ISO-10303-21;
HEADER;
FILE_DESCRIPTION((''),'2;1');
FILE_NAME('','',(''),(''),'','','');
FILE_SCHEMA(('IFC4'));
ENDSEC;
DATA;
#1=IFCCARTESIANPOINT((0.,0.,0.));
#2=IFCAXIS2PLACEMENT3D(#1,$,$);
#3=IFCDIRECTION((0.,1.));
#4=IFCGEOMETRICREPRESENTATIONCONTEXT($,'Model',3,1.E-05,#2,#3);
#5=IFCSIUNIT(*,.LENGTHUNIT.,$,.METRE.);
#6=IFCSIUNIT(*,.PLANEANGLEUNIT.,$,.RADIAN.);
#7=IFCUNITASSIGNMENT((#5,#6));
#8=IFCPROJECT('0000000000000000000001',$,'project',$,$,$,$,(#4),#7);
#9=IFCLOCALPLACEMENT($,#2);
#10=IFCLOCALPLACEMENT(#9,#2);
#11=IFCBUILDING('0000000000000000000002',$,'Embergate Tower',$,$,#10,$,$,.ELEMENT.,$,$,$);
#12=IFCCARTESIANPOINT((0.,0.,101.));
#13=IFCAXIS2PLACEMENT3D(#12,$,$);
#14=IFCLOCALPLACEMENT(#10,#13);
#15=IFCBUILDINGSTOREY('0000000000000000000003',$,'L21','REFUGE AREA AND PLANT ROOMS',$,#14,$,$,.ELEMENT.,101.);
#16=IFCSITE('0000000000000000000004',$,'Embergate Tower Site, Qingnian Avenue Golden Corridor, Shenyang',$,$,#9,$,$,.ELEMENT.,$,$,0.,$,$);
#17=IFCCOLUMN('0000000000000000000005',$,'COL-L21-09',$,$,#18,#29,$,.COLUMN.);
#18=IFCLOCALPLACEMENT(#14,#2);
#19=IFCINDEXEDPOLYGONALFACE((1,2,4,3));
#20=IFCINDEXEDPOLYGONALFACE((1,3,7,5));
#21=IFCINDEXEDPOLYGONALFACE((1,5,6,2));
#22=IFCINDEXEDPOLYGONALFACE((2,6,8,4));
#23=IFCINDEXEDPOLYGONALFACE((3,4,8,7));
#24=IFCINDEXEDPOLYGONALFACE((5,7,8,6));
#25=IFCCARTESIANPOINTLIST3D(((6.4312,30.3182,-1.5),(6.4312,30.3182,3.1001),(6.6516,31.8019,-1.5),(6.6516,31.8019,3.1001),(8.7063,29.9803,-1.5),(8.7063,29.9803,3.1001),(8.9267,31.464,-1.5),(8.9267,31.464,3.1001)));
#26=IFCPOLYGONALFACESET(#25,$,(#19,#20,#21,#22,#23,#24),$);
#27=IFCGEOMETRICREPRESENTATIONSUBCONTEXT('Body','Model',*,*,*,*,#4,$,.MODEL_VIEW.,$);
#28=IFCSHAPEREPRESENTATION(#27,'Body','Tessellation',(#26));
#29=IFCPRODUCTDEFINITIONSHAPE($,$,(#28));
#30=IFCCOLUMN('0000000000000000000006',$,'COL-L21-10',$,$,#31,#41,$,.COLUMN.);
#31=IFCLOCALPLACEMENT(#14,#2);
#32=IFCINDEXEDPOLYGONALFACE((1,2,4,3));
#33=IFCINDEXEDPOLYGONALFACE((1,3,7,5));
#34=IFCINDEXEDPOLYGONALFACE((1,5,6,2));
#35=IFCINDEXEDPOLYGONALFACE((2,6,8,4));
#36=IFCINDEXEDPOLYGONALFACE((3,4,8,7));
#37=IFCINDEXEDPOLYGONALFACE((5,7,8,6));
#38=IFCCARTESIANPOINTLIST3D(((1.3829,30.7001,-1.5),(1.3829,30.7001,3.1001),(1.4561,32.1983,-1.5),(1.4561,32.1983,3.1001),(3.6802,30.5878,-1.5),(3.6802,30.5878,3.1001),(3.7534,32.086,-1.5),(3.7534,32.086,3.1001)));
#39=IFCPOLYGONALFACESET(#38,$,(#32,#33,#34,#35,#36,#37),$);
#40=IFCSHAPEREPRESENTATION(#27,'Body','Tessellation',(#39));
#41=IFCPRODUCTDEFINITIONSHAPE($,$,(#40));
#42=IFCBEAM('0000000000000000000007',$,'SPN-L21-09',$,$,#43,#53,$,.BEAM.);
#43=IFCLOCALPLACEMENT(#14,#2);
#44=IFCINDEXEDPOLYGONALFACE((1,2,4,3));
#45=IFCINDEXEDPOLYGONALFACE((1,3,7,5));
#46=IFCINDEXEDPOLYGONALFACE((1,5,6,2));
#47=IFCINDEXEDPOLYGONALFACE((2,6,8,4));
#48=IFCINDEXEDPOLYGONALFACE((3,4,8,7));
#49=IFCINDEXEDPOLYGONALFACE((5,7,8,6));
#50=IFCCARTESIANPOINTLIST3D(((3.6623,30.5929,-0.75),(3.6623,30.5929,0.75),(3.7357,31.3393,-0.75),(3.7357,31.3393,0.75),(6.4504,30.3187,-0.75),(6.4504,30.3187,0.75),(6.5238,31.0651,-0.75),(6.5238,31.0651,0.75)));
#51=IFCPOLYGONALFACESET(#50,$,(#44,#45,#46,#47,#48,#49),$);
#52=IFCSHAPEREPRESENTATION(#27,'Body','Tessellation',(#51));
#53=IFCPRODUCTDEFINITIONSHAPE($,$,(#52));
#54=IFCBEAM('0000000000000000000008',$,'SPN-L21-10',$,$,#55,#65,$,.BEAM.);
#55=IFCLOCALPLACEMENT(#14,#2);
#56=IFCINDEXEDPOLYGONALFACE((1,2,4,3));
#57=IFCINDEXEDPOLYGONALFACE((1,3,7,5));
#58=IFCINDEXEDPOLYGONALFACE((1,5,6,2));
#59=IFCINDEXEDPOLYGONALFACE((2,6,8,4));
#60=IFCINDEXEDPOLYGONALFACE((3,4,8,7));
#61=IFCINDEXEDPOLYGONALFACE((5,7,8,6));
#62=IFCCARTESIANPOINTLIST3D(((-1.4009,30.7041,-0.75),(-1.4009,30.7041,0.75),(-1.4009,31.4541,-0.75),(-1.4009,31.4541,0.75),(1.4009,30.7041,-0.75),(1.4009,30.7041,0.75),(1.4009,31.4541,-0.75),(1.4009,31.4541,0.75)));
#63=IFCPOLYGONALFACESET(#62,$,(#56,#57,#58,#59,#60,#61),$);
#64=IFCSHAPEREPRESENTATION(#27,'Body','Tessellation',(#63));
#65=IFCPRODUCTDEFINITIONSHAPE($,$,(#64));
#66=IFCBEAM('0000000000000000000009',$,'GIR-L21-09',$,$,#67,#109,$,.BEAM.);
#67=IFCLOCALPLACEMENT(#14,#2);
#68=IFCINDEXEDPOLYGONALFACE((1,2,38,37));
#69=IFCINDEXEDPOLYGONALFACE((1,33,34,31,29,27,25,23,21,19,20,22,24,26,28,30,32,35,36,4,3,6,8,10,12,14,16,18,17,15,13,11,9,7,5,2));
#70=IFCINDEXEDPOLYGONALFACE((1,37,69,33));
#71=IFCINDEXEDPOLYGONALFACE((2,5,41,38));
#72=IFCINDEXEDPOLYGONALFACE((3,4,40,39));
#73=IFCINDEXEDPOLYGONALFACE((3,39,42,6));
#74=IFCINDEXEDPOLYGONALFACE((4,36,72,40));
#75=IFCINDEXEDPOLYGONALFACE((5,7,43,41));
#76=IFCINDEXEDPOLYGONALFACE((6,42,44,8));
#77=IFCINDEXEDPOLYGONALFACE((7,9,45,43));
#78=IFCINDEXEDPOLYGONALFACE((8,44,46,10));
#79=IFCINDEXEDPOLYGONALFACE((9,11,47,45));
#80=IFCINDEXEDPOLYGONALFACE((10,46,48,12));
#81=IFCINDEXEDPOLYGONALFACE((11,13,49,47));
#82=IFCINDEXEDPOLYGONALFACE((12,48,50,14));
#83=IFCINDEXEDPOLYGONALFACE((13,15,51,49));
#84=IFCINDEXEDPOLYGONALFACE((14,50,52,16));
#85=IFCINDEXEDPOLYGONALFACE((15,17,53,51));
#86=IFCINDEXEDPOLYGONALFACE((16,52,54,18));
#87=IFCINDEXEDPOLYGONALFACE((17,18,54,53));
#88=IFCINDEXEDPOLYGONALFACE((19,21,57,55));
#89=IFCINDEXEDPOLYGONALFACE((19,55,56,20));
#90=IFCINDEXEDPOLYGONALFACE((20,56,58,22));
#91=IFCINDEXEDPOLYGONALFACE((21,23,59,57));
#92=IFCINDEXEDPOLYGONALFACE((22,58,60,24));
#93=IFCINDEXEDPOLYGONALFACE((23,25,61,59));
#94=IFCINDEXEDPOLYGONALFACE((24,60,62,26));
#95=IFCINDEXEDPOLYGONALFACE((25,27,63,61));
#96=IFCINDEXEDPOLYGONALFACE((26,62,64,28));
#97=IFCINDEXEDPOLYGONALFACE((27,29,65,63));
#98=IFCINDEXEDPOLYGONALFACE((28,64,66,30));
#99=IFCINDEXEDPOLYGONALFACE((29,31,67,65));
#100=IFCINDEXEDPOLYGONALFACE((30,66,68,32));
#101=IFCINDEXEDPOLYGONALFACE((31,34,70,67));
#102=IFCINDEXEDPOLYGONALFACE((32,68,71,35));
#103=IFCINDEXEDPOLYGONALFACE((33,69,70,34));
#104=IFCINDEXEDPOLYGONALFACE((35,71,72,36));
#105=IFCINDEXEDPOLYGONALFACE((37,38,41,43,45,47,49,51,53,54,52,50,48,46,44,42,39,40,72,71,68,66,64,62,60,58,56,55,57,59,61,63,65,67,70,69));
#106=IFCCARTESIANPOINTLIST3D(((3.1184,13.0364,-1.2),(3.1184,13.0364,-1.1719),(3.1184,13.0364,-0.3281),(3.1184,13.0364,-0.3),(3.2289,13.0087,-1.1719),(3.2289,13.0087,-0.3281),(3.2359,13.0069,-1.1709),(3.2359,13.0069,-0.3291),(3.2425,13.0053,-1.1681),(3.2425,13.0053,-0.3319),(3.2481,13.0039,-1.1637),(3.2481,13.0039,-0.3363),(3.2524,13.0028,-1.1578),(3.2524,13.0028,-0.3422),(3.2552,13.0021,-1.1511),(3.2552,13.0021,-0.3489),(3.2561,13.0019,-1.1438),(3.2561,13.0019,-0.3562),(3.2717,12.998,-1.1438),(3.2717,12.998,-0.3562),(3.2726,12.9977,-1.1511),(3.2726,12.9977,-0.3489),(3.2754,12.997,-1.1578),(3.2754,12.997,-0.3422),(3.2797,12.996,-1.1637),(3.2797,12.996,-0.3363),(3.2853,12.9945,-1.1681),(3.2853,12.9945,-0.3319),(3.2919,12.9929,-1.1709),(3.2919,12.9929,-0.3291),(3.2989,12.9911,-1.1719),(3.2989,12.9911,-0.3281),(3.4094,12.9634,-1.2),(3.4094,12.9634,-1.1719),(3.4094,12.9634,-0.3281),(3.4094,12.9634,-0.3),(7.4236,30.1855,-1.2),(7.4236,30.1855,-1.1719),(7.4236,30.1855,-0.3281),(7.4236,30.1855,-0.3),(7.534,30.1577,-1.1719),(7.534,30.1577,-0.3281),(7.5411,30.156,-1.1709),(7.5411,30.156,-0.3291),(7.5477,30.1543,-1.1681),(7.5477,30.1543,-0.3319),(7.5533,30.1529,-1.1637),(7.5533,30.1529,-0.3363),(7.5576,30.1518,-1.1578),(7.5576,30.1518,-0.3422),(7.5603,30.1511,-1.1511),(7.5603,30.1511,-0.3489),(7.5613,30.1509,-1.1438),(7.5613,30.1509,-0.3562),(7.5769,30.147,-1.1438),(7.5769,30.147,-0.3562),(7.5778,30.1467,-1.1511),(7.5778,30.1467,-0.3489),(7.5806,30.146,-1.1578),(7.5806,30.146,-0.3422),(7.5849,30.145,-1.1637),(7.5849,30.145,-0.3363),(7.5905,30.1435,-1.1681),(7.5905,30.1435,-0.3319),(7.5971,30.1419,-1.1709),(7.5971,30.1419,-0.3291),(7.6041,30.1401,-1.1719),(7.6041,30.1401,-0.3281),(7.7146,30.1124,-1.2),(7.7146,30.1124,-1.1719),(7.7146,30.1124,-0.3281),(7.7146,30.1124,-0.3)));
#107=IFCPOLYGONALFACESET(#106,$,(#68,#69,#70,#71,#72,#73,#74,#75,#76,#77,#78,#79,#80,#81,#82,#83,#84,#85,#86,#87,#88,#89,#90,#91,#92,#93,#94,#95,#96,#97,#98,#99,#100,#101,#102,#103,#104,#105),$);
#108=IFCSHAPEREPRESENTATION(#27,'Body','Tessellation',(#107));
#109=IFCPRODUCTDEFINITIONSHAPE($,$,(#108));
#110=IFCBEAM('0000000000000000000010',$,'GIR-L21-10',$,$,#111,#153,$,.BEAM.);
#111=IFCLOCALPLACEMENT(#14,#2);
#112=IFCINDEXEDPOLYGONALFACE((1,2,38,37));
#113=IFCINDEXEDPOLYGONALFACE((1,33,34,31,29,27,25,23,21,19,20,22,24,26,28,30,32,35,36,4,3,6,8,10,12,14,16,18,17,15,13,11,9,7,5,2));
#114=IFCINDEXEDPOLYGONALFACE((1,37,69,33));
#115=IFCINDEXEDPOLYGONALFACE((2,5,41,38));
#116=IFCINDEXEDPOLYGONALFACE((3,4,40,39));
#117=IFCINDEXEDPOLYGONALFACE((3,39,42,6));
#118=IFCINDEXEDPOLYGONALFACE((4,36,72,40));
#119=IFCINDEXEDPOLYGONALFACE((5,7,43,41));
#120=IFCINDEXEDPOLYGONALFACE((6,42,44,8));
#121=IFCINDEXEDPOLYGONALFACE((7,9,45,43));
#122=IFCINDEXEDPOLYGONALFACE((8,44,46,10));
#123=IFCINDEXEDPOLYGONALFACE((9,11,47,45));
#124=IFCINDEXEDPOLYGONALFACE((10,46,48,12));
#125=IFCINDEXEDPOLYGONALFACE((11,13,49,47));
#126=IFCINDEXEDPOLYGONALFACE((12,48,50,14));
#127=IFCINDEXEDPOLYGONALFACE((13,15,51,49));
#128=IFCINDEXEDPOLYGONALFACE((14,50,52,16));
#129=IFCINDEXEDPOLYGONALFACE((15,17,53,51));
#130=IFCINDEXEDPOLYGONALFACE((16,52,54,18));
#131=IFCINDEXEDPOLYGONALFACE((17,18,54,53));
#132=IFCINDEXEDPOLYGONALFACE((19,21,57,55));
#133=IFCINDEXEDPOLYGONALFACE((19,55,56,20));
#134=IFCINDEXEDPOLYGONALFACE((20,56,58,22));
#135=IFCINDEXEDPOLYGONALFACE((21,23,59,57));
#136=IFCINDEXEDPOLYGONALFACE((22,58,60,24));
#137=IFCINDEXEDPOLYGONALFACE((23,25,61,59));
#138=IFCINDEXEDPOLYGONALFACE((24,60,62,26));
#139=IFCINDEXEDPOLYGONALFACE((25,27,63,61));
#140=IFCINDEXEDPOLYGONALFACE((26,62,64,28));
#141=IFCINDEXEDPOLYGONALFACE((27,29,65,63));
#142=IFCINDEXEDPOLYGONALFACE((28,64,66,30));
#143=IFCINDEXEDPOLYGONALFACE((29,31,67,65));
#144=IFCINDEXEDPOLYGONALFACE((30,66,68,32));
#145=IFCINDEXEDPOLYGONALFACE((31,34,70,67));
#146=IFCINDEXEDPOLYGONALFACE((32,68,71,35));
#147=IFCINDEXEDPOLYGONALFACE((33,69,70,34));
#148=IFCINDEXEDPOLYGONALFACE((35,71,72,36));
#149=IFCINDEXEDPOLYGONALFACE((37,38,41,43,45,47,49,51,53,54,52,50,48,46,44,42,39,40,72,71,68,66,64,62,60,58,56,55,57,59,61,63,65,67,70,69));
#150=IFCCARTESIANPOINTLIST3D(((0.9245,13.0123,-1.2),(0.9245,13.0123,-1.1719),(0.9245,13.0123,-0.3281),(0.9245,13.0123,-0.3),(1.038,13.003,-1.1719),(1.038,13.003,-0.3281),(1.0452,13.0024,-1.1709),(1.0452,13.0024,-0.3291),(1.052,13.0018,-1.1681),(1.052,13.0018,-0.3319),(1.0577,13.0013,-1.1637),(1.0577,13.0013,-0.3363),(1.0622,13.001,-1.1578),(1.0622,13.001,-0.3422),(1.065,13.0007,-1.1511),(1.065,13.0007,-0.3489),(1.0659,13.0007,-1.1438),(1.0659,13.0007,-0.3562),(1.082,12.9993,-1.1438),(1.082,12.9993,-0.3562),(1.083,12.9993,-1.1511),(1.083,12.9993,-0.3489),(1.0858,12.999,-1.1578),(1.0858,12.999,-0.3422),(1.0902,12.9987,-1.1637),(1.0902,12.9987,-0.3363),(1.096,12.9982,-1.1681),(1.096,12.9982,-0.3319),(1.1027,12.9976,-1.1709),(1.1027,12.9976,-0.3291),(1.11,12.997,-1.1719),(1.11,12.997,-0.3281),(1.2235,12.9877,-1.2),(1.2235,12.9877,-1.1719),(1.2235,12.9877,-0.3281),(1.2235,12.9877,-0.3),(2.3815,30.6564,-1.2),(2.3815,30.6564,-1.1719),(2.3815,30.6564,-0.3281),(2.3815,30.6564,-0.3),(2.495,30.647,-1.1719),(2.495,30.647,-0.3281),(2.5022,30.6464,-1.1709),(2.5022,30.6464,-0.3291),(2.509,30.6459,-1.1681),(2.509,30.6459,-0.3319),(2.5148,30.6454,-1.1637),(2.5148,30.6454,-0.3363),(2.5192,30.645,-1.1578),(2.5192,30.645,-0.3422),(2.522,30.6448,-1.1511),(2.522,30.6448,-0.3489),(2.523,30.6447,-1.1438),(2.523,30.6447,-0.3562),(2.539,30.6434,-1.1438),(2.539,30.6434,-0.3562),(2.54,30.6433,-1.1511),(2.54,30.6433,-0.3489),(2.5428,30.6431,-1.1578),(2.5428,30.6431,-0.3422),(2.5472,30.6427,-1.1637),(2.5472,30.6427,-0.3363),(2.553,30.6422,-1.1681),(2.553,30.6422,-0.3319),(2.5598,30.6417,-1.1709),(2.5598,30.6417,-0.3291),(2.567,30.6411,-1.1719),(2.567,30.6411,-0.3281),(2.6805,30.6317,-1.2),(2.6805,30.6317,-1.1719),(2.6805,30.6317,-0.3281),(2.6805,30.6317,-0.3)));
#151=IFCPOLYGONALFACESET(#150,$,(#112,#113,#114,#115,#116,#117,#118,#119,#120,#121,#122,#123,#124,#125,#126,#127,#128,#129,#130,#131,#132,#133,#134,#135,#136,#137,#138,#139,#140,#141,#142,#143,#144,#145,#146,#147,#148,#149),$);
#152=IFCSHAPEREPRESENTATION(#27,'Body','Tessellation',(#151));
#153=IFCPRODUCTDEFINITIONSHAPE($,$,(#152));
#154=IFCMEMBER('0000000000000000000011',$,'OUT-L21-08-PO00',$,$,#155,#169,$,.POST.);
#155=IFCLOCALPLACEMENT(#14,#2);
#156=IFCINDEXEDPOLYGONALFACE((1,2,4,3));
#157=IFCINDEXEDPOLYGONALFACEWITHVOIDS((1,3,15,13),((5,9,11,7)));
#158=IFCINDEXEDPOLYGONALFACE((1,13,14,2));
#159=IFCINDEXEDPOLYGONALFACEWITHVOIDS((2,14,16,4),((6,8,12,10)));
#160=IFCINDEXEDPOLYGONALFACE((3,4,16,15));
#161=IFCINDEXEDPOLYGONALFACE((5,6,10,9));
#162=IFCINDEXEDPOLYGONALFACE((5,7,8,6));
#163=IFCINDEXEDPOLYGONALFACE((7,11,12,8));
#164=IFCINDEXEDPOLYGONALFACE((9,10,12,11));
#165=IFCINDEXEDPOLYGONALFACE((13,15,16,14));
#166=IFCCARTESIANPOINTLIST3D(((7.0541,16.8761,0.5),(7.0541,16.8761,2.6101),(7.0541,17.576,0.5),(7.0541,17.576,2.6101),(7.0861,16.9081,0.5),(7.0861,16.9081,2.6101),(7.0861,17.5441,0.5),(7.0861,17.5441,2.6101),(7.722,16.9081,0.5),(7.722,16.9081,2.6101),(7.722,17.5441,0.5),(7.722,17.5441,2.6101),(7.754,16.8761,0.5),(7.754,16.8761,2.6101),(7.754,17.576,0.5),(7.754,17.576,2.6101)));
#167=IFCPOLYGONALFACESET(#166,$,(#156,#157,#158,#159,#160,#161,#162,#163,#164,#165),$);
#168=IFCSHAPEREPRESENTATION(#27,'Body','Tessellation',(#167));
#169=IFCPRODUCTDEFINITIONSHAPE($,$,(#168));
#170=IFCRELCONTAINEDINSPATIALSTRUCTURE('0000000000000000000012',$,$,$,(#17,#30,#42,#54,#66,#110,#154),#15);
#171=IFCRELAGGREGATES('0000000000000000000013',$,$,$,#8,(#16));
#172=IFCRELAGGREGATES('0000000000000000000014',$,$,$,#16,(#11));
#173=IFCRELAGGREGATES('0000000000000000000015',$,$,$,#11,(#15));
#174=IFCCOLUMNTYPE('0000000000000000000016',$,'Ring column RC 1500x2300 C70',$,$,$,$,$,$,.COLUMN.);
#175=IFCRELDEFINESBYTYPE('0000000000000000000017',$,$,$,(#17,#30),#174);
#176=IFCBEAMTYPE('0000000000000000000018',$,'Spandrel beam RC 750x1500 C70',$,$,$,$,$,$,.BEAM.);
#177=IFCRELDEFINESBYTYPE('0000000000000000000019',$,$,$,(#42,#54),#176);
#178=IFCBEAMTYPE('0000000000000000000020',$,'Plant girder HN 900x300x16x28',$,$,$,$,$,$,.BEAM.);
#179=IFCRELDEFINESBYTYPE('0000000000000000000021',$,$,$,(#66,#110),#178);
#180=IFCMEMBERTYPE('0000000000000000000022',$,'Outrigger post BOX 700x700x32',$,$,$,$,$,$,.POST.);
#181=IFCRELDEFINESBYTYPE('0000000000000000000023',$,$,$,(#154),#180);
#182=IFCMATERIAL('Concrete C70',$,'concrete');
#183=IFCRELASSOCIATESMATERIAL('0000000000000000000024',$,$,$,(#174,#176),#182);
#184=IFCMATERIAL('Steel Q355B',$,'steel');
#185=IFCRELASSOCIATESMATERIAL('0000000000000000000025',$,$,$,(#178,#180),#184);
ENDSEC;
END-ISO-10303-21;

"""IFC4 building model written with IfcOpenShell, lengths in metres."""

from ifc_helpers import new_model, si_unit, direction, frame, origin, origin_2d, place, context, subcontext, project, spatial, rectangle, hollow_rectangle, i_section, extrude, source, transform, mapped, material, material_profile, profile_set, type_object, element, save


model = new_model("IFC4")

# Units and contexts
model_context = context("Model", 3, precision=1e-05, world=origin(), true_north=direction((0.0, 1.0)))
body_context = subcontext(model_context, "Body", "Model", "MODEL_VIEW")
ifc_project = project(units=[si_unit("LENGTHUNIT", "METRE"), si_unit("PLANEANGLEUNIT", "RADIAN")], contexts=[model_context])

# Site, building, storey
site_placement = place(None, origin())
site = spatial("IfcSite", under=ifc_project, at=site_placement, Name="Embergate Tower Site, Qingnian Avenue Golden Corridor, Shenyang", CompositionType="ELEMENT", RefElevation=0.0)
building_placement = place(site_placement, origin())
building = spatial("IfcBuilding", under=site, at=building_placement, Name="Embergate Tower", CompositionType="ELEMENT")
storey_placement = place(building_placement, frame((0.0, 0.0, 101.0)))
storey = spatial("IfcBuildingStorey", under=building, at=storey_placement, Name="L21", Description="REFUGE AREA AND PLANT ROOMS", CompositionType="ELEMENT", Elevation=101.0)

# Columns
ifc_material_1 = material(Name="Concrete C70", Category="concrete")
ifc_material_profile_1 = material_profile(ifc_material_1, rectangle(XDim=1.5, YDim=2.3, at=origin_2d()), Name="RC 1500x2300")
ifc_profile_set_1 = profile_set([ifc_material_profile_1], Name="Concrete C70")
column_type = type_object("IfcColumnType", Name="Ring column RC 1500x2300 C70", PredefinedType="COLUMN", material=ifc_profile_set_1)
shared_shape_1 = source(origin(), body_context, "Body", "SweptSolid", [
    extrude(rectangle(XDim=1.5, YDim=2.3, at=origin_2d()), origin(), (0.0, 0.0, 1.0), 4.6001),
])
for number, where, z_axis, x_axis, name in (
    (1, (7.679, 30.8911, -1.5), (0.0, 0.0, 1.0), (0.146929, 0.989147, 0.0), "COL-L21-09"),
    (2, (2.5681, 31.3931, -1.5), (0.0, 0.0, 1.0), (0.048815, 0.998808, 0.0), "COL-L21-10"),
):
    element("IfcColumn", number, at=place(storey_placement, frame(where, z_axis=z_axis, x_axis=x_axis)), inside=storey, type_object=column_type, Name=name, PredefinedType="COLUMN", context=body_context, shape_type="MappedRepresentation", body=[
        mapped(shared_shape_1, transform((0.0, 0.0, 0.0))),
    ])

# Beams
ifc_material_profile_2 = material_profile(ifc_material_1, rectangle(XDim=0.75, YDim=1.5, at=origin_2d()), Name="RC 750x1500")
ifc_profile_set_2 = profile_set([ifc_material_profile_2], Name="Concrete C70")
beam_type_1 = type_object("IfcBeamType", Name="Spandrel beam RC 750x1500 C70", PredefinedType="BEAM", material=ifc_profile_set_2)
shared_shape_2 = source(origin(), body_context, "Body", "SweptSolid", [
    extrude(rectangle(XDim=0.75, YDim=1.5, at=origin_2d()), origin(), (0.0, 0.0, 1.0), 2.8015),
])
beam_1_placement = place(storey_placement, frame((6.4871, 30.6919, 0.0), z_axis=(-0.9952, 0.097864, 0.0), x_axis=(-0.097864, -0.9952, 0.0)))
element("IfcBeam", 3, at=beam_1_placement, inside=storey, type_object=beam_type_1, Name="SPN-L21-09", PredefinedType="BEAM", context=body_context, shape_type="MappedRepresentation", body=[
    mapped(shared_shape_2, transform((0.0, 0.0, 0.0))),
])
shared_shape_3 = source(origin(), body_context, "Body", "SweptSolid", [
    extrude(rectangle(XDim=0.75, YDim=1.5, at=origin_2d()), origin(), (0.0, 0.0, 1.0), 2.8018),
])
beam_2_placement = place(storey_placement, frame((1.4009, 31.0791, 0.0), z_axis=(-1.0, 0.0, 0.0), x_axis=(0.0, -1.0, 0.0)))
element("IfcBeam", 4, at=beam_2_placement, inside=storey, type_object=beam_type_1, Name="SPN-L21-10", PredefinedType="BEAM", context=body_context, shape_type="MappedRepresentation", body=[
    mapped(shared_shape_3, transform((0.0, 0.0, 0.0))),
])
ifc_material_2 = material(Name="Steel Q355B", Category="steel")
ifc_material_profile_3 = material_profile(ifc_material_2, i_section(OverallWidth=0.3, OverallDepth=0.8999, WebThickness=0.0161, FlangeThickness=0.0281, FilletRadius=0.0281, at=origin_2d()), Name="HN 900x300x16x28")
ifc_profile_set_3 = profile_set([ifc_material_profile_3], Name="Steel Q355 grade B")
beam_type_2 = type_object("IfcBeamType", Name="Plant girder HN 900x300x16x28", PredefinedType="BEAM", material=ifc_profile_set_3)
shared_shape_4 = source(origin(), body_context, "Body", "SweptSolid", [
    extrude(i_section(OverallWidth=0.3, OverallDepth=0.8999, WebThickness=0.0161, FlangeThickness=0.0281, FilletRadius=0.0281, at=origin_2d()), origin(), (0.0, 0.0, 1.0), 17.6812),
])
beam_3_placement = place(storey_placement, frame((7.5691, 30.1489, -0.75), z_axis=(-0.243491, -0.969903, 0.0), x_axis=(0.969903, -0.243491, 0.0)))
element("IfcBeam", 5, at=beam_3_placement, inside=storey, type_object=beam_type_2, Name="GIR-L21-09", PredefinedType="BEAM", context=body_context, shape_type="MappedRepresentation", body=[
    mapped(shared_shape_4, transform((0.0, 0.0, 0.0))),
])
shared_shape_5 = source(origin(), body_context, "Body", "SweptSolid", [
    extrude(i_section(OverallWidth=0.3, OverallDepth=0.8999, WebThickness=0.0161, FlangeThickness=0.0281, FilletRadius=0.0281, at=origin_2d()), origin(), (0.0, 0.0, 1.0), 17.7041),
])
beam_4_placement = place(storey_placement, frame((2.531, 30.644, -0.75), z_axis=(-0.082299, -0.996608, 0.0), x_axis=(0.996608, -0.082299, 0.0)))
element("IfcBeam", 6, at=beam_4_placement, inside=storey, type_object=beam_type_2, Name="GIR-L21-10", PredefinedType="BEAM", context=body_context, shape_type="MappedRepresentation", body=[
    mapped(shared_shape_5, transform((0.0, 0.0, 0.0))),
])

# Member
ifc_material_profile_4 = material_profile(ifc_material_2, hollow_rectangle(XDim=0.7, YDim=0.7, WallThickness=0.032, at=origin_2d()), Name="BOX 700x700x32")
ifc_profile_set_4 = profile_set([ifc_material_profile_4], Name="Steel Q355 grade B")
member_type_1 = type_object("IfcMemberType", Name="Outrigger post BOX 700x700x32", PredefinedType="POST", material=ifc_profile_set_4)
shared_shape_6 = source(origin(), body_context, "Body", "SweptSolid", [
    extrude(hollow_rectangle(XDim=0.7, YDim=0.7, WallThickness=0.032, at=origin_2d()), origin(), (0.0, 0.0, 1.0), 2.1101),
])
member_1_placement = place(storey_placement, frame((7.4041, 17.2261, 0.5), z_axis=(0.0, 0.0, 1.0), x_axis=(1.0, 0.0, 0.0)))
element("IfcMember", 7, at=member_1_placement, inside=storey, type_object=member_type_1, Name="OUT-L21-08-PO00", PredefinedType="POST", context=body_context, shape_type="MappedRepresentation", body=[
    mapped(shared_shape_6, transform((0.0, 0.0, 0.0))),
])

save(model, "model.ifc")
